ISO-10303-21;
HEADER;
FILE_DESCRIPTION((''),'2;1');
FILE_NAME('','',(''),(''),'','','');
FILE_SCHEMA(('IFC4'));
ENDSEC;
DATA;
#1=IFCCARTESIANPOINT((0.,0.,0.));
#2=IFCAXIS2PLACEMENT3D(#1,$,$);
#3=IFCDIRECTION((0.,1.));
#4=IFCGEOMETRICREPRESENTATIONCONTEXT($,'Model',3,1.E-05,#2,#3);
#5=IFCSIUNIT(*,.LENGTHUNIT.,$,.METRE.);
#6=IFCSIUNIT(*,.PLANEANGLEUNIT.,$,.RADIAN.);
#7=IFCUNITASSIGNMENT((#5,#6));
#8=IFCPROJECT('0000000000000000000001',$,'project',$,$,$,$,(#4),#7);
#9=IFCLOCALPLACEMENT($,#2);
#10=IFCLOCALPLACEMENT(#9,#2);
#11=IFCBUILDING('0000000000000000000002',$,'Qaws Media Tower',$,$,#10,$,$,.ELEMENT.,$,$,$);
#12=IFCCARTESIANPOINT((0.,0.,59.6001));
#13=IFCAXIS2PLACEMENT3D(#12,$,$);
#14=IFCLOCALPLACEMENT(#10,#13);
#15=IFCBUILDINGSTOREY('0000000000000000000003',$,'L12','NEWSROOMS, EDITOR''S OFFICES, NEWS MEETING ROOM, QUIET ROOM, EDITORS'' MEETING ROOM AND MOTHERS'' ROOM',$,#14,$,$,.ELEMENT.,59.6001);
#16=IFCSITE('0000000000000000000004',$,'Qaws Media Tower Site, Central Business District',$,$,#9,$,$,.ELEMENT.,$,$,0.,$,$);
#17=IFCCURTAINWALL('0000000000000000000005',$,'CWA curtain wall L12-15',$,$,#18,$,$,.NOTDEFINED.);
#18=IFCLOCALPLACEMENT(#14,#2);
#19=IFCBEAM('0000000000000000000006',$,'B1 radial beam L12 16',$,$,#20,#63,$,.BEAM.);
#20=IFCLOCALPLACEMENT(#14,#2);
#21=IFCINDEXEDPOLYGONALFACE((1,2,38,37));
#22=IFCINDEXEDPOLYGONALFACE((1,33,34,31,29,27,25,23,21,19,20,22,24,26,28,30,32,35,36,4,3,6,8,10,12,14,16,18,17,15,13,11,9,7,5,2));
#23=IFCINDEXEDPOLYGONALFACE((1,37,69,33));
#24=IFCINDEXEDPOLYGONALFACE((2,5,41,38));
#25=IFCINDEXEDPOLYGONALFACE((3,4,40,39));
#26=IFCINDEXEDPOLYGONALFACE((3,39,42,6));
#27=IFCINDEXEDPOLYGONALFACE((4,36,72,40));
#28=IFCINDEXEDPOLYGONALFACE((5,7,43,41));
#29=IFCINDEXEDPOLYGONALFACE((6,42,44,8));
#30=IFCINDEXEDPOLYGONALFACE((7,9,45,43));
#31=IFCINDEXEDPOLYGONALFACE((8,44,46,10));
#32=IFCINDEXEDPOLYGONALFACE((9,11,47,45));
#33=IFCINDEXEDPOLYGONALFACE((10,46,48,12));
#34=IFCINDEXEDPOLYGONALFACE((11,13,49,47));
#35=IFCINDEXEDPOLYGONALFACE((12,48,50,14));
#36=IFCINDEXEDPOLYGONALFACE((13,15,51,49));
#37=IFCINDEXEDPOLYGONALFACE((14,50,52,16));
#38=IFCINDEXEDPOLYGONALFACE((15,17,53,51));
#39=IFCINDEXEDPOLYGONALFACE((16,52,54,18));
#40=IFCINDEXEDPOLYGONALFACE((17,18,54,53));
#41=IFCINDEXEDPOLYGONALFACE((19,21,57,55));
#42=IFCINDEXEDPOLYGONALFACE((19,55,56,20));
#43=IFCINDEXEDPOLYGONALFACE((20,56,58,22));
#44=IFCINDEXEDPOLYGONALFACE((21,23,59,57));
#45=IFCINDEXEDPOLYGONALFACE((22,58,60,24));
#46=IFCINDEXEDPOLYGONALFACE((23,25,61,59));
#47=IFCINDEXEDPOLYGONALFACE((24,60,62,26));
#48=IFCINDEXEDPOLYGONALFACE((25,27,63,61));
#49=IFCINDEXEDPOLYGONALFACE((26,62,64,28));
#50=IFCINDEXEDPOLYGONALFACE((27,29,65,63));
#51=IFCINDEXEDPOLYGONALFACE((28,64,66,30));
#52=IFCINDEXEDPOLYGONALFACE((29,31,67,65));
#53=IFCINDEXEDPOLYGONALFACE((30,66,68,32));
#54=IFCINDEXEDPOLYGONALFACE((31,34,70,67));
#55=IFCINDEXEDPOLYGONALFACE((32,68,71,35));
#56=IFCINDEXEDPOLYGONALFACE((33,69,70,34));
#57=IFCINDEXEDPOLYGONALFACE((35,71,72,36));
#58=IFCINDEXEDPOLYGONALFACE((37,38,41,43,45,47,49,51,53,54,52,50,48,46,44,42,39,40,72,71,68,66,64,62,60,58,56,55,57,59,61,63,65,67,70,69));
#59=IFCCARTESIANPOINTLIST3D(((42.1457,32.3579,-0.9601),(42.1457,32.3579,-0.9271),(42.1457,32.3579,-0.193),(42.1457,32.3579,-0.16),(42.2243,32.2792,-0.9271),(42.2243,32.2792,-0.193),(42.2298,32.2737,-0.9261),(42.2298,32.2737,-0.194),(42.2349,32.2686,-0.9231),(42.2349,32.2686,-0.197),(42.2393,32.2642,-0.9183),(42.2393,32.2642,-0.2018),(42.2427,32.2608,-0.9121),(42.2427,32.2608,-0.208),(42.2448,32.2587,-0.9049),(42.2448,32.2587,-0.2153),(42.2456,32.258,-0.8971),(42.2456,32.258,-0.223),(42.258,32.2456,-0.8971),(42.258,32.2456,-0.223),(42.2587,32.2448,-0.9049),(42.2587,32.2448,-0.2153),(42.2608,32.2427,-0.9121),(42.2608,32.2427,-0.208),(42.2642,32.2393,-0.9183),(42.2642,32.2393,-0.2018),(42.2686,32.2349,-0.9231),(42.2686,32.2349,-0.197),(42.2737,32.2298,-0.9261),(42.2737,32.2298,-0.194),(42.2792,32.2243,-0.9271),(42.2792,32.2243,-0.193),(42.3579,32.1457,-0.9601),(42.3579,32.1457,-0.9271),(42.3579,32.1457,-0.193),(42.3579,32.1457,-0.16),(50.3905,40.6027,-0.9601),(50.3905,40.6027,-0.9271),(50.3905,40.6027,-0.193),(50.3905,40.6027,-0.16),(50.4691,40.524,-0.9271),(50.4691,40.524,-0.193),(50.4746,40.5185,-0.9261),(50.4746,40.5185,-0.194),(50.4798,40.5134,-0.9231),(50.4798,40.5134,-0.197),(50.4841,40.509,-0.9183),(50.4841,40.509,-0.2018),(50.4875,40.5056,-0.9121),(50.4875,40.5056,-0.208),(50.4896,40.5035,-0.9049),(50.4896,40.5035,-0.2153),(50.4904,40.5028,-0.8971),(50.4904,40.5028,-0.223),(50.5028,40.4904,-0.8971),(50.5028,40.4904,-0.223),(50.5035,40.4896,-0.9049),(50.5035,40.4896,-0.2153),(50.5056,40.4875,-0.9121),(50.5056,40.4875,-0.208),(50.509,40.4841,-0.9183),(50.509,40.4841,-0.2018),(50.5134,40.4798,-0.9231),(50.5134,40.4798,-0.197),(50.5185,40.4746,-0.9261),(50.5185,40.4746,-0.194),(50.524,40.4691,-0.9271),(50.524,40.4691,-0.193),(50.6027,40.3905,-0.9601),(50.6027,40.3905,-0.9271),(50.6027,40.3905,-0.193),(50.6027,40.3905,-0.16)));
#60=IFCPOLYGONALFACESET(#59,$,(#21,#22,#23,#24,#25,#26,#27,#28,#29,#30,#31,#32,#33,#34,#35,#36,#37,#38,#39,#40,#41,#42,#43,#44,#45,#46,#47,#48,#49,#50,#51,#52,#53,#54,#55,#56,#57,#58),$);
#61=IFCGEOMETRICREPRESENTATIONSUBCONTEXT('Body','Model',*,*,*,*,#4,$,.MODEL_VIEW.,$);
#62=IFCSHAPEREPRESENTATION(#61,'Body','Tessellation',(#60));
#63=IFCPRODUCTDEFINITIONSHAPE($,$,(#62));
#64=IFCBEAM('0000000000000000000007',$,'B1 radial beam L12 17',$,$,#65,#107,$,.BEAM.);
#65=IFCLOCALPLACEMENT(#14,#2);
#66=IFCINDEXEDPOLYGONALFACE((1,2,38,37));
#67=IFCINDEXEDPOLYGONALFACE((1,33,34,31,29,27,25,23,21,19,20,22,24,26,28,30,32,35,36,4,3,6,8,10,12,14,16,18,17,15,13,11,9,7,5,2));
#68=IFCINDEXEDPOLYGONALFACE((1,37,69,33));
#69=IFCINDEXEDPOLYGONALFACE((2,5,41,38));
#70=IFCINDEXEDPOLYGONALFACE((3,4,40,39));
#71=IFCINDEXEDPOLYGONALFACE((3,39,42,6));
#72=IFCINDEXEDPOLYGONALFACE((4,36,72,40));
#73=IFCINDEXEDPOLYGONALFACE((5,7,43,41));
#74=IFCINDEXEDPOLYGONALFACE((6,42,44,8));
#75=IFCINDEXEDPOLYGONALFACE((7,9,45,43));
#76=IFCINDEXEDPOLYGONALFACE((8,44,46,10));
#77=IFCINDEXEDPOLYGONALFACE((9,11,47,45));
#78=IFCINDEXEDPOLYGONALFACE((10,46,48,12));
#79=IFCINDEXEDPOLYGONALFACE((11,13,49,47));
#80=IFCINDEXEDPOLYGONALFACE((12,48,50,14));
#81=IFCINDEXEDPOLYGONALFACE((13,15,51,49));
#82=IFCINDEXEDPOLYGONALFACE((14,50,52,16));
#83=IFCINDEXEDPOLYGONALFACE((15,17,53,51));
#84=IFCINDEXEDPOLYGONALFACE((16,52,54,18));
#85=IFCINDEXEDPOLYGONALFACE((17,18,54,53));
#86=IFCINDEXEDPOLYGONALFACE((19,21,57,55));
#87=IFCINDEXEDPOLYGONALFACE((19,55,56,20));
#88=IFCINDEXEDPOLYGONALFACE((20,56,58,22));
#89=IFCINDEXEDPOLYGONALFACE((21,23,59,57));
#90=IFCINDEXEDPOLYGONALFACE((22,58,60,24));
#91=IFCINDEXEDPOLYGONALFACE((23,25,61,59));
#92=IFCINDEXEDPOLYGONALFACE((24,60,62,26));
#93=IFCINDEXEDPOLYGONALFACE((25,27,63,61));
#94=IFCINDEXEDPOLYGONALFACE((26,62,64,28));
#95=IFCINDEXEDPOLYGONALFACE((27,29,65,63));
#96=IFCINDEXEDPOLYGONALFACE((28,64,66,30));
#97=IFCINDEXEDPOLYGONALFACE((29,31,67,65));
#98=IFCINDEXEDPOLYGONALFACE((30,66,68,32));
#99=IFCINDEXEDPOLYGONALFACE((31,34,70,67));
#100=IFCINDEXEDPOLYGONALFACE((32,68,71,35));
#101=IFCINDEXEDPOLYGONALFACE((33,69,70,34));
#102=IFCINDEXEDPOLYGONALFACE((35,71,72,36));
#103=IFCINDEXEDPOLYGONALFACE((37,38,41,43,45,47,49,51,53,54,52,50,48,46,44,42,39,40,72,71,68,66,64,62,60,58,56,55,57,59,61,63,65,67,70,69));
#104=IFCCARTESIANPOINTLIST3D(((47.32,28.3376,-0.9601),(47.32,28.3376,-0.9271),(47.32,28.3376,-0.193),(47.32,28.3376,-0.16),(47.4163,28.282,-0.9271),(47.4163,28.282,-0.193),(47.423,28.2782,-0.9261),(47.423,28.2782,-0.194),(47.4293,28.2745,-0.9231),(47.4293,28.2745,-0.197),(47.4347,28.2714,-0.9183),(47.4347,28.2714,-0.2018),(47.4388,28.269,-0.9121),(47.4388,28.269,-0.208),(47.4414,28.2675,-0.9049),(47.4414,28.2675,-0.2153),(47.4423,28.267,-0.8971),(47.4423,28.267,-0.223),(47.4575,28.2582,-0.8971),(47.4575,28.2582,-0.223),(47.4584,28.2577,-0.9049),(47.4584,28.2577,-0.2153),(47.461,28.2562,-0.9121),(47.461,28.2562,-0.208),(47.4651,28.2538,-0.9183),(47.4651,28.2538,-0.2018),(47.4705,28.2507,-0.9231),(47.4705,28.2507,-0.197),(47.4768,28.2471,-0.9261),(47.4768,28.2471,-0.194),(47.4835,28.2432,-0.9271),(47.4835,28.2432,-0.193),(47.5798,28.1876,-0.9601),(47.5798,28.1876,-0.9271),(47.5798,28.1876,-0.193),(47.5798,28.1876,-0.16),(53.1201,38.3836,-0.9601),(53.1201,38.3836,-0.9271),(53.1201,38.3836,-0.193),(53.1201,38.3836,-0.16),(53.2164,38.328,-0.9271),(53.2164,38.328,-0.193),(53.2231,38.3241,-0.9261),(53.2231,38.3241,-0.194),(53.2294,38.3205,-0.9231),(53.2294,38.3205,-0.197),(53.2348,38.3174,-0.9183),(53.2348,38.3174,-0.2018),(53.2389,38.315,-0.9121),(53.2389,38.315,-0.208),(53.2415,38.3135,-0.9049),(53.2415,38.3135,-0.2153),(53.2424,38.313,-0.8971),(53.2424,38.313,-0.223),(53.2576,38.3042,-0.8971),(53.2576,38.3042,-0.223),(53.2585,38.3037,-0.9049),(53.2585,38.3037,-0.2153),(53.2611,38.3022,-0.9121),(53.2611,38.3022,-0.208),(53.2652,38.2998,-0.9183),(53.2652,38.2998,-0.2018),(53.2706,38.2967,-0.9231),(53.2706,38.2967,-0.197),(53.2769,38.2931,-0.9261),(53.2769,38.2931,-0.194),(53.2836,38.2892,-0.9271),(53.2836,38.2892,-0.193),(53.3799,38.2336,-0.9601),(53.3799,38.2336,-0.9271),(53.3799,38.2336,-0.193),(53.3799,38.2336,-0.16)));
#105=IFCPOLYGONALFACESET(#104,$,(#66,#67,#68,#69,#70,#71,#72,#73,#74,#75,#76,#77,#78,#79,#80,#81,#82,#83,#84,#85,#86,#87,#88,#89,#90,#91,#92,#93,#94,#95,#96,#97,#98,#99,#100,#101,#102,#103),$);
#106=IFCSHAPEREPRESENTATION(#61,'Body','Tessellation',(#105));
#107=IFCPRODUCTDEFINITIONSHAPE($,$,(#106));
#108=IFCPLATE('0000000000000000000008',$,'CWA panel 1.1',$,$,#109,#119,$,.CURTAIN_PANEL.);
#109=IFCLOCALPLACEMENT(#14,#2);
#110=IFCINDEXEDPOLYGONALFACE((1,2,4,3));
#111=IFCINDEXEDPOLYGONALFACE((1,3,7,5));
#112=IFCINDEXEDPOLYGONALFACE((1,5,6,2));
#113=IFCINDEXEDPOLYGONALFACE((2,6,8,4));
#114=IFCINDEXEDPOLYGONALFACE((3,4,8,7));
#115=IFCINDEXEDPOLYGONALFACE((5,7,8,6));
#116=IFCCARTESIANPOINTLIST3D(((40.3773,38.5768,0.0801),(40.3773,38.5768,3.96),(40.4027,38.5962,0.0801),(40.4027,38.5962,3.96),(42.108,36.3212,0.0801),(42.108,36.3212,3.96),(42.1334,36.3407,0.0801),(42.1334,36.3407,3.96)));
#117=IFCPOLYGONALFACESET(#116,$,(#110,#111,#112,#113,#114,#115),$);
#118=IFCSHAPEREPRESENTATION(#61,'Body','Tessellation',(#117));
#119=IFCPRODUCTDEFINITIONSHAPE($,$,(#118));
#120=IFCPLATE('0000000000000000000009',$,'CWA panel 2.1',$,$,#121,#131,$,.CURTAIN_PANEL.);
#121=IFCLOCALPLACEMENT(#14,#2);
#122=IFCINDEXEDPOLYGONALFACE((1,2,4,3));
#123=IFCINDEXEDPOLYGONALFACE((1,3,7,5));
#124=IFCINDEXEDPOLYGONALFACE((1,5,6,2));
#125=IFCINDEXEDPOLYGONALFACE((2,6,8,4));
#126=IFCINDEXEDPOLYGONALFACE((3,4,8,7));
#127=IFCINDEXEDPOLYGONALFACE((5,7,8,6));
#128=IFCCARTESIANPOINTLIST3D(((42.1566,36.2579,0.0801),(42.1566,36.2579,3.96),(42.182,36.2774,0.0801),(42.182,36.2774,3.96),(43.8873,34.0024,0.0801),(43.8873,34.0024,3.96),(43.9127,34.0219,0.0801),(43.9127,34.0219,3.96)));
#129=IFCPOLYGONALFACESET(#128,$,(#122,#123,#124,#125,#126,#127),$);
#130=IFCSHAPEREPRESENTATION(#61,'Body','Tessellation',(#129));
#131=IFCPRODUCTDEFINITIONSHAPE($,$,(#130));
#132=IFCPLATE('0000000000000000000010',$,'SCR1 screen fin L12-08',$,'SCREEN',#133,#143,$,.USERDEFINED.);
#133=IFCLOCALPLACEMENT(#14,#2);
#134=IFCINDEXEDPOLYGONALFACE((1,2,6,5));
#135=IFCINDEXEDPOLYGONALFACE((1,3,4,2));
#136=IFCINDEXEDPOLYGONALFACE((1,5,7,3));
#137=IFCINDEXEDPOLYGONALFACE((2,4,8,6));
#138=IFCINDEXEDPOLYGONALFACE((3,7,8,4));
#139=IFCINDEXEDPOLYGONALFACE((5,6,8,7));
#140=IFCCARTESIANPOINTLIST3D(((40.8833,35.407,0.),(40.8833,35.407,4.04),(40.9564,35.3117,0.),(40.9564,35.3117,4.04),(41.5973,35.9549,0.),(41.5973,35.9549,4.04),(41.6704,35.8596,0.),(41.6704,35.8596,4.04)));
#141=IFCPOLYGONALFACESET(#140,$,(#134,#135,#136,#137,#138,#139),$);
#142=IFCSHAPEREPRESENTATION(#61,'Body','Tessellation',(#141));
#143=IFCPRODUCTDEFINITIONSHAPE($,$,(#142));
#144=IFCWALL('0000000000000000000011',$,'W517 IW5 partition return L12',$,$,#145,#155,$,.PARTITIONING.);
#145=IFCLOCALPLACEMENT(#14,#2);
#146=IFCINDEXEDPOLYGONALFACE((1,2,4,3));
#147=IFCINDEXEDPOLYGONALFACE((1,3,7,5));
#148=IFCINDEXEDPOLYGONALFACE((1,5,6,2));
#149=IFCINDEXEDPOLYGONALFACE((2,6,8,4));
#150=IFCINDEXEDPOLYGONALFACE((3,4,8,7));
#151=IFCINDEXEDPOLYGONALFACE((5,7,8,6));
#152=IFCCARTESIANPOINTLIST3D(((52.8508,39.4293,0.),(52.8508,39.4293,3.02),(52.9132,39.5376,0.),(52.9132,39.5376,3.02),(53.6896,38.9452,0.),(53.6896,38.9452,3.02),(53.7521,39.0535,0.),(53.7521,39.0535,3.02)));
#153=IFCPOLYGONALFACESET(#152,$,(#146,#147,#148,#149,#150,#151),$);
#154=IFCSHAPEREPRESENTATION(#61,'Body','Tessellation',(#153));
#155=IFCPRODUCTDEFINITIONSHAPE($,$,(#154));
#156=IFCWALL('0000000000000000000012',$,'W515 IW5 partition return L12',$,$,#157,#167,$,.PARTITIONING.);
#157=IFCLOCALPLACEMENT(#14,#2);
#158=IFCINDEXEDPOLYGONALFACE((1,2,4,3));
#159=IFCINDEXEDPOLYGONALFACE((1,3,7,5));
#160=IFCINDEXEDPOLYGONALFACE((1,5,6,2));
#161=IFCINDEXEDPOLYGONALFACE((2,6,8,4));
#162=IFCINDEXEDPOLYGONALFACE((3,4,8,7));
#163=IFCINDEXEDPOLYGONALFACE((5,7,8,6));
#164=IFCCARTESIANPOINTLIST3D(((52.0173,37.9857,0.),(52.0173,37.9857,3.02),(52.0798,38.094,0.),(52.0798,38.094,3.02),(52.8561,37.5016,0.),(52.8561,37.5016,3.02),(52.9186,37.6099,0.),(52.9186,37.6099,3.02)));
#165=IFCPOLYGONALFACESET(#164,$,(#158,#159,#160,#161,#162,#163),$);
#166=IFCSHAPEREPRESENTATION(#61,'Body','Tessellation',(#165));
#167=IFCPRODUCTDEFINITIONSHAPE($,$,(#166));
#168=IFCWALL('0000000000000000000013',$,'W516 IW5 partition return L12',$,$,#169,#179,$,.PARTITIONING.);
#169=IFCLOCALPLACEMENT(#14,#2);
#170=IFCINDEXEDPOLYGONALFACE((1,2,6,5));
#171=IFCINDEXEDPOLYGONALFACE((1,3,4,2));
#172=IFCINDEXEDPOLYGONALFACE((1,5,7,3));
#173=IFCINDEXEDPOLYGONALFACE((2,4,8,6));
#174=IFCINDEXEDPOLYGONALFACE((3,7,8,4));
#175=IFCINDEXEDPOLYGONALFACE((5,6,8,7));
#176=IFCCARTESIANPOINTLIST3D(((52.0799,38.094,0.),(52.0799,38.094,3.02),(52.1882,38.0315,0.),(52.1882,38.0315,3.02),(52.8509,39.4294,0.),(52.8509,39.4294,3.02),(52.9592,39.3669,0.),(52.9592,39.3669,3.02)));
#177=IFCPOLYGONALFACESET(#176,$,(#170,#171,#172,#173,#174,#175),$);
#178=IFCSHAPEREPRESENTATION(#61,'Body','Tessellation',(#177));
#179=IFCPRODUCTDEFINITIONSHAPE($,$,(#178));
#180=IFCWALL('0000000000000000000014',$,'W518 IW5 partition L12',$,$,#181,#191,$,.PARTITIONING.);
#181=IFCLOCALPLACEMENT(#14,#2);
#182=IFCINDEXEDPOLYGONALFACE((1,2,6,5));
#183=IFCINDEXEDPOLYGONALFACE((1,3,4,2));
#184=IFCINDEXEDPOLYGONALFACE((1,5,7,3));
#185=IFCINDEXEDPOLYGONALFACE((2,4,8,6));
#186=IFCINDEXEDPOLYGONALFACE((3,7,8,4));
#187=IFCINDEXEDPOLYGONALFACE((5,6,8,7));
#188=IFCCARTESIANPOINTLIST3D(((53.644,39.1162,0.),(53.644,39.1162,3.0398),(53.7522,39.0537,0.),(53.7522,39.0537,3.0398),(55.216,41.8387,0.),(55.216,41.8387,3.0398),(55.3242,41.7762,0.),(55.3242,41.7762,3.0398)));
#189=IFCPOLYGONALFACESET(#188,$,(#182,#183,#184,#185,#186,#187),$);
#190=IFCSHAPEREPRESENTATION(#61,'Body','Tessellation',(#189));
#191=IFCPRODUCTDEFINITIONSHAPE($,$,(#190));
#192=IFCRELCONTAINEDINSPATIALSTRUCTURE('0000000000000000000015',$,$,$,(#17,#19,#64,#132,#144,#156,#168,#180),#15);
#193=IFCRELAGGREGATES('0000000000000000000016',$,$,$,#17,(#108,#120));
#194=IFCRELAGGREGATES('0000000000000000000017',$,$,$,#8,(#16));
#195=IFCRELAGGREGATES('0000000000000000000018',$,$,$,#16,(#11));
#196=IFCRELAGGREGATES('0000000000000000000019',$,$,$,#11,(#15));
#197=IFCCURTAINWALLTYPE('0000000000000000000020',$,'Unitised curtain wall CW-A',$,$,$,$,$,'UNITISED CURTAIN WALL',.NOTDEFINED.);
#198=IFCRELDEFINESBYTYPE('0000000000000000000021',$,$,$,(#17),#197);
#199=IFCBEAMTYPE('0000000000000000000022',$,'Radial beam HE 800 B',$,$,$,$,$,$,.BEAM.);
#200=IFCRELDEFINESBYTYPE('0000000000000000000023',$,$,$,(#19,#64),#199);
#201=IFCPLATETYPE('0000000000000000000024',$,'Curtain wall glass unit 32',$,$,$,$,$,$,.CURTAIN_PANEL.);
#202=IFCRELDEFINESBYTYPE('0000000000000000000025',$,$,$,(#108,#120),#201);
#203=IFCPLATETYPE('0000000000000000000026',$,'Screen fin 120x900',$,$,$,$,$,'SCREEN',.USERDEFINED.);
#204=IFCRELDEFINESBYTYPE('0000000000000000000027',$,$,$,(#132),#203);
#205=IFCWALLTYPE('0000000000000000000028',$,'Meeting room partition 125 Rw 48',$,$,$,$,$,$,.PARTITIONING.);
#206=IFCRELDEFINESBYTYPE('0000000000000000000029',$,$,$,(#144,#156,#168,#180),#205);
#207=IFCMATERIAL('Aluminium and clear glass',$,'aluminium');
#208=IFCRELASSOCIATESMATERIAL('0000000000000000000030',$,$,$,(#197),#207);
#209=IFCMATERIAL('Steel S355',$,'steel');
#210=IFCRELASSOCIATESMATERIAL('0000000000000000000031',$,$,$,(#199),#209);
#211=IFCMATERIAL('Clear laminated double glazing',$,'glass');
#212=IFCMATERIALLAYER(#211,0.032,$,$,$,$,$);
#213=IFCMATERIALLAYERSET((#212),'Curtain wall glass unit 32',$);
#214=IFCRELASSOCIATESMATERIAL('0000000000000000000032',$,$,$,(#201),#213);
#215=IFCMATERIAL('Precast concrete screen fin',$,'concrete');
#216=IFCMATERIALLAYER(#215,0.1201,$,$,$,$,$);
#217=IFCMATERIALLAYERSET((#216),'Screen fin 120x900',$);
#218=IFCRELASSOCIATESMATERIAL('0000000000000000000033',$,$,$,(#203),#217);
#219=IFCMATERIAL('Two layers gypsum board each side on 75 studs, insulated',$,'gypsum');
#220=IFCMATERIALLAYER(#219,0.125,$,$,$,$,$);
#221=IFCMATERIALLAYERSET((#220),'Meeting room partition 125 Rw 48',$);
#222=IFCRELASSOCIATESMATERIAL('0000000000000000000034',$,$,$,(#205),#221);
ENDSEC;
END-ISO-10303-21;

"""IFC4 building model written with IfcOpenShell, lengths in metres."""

from ifc_helpers import new_model, si_unit, direction, frame, frame_2d, origin, origin_2d, place, context, subcontext, project, spatial, rectangle, i_section, extrude, material, layer, layer_set, material_profile, profile_set, type_object, element, aggregate, save


model = new_model("IFC4")

# Units and contexts
model_context = context("Model", 3, precision=1e-05, world=origin(), true_north=direction((0.0, 1.0)))
body_context = subcontext(model_context, "Body", "Model", "MODEL_VIEW")
ifc_project = project(units=[si_unit("LENGTHUNIT", "METRE"), si_unit("PLANEANGLEUNIT", "RADIAN")], contexts=[model_context])

# Site, building, storey
site_placement = place(None, origin())
site = spatial("IfcSite", under=ifc_project, at=site_placement, Name="Qaws Media Tower Site, Central Business District", CompositionType="ELEMENT", RefElevation=0.0)
building_placement = place(site_placement, origin())
building = spatial("IfcBuilding", under=site, at=building_placement, Name="Qaws Media Tower", CompositionType="ELEMENT")
storey_placement = place(building_placement, frame((0.0, 0.0, 59.6001)))
storey = spatial("IfcBuildingStorey", under=building, at=storey_placement, Name="L12", Description="NEWSROOMS, EDITOR'S OFFICES, NEWS MEETING ROOM, QUIET ROOM, EDITORS' MEETING ROOM AND MOTHERS' ROOM", CompositionType="ELEMENT", Elevation=59.6001)

# Shared definitions
ifc_material_1 = material(Name="Aluminium and clear glass", Category="aluminium")
curtain_wall_type = type_object("IfcCurtainWallType", Name="Unitised curtain wall CW-A", ElementType="UNITISED CURTAIN WALL", PredefinedType="NOTDEFINED", material=ifc_material_1)

# Curtain wall
curtain_wall_1_placement = place(storey_placement, origin())
curtain_wall_1 = element("IfcCurtainWall", 1, at=curtain_wall_1_placement, inside=storey, type_object=curtain_wall_type, Name="CWA curtain wall L12-15", PredefinedType="NOTDEFINED")

# Beams
ifc_material_2 = material(Name="Steel S355", Category="steel")
ifc_material_profile_1 = material_profile(ifc_material_2, i_section(OverallWidth=0.3, OverallDepth=0.8, WebThickness=0.0176, FlangeThickness=0.033, FilletRadius=0.03, at=origin_2d()), Name="HE 800 B")
ifc_profile_set_1 = profile_set([ifc_material_profile_1], Name="Steel S355")
beam_type_1 = type_object("IfcBeamType", Name="Radial beam HE 800 B", PredefinedType="BEAM", material=ifc_profile_set_1)
beam_1_placement = place(storey_placement, frame((50.4966, 40.4966, -0.5601), z_axis=(-0.707107, -0.707107, 0.0), x_axis=(0.707107, -0.707107, 0.0)))
element("IfcBeam", 2, at=beam_1_placement, inside=storey, type_object=beam_type_1, Name="B1 radial beam L12 16", PredefinedType="BEAM", context=body_context, shape_type="SweptSolid", body=[
    extrude(i_section(OverallWidth=0.3, OverallDepth=0.8, WebThickness=0.0176, FlangeThickness=0.033, FilletRadius=0.03, at=origin_2d()), origin(), (0.0, 0.0, 1.0), 11.6599),
])
beam_2_placement = place(storey_placement, frame((53.25, 38.3086, -0.5601), z_axis=(-0.500003, -0.866024, 0.0), x_axis=(0.866024, -0.500003, 0.0)))
element("IfcBeam", 3, at=beam_2_placement, inside=storey, type_object=beam_type_1, Name="B1 radial beam L12 17", PredefinedType="BEAM", context=body_context, shape_type="SweptSolid", body=[
    extrude(i_section(OverallWidth=0.3, OverallDepth=0.8, WebThickness=0.0176, FlangeThickness=0.033, FilletRadius=0.03, at=origin_2d()), origin(), (0.0, 0.0, 1.0), 11.6001),
])

# Plates
ifc_material_3 = material(Name="Clear laminated double glazing", Category="glass")
ifc_layer_1 = layer(ifc_material_3, 0.032)
ifc_layer_set_1 = layer_set([ifc_layer_1], Name="Curtain wall glass unit 32")
plate_type_1 = type_object("IfcPlateType", Name="Curtain wall glass unit 32", PredefinedType="CURTAIN_PANEL", material=ifc_layer_set_1)
plate_1_placement = place(storey_placement, frame((41.2554, 37.4587, 0.0801), z_axis=(0.0, 0.0, 1.0), x_axis=(0.608761, -0.793353, 0.0)))
plate_1 = element("IfcPlate", 4, at=plate_1_placement, type_object=plate_type_1, Name="CWA panel 1.1", PredefinedType="CURTAIN_PANEL", context=body_context, shape_type="SweptSolid", body=[
    extrude(rectangle(XDim=2.843, YDim=0.032, at=origin_2d()), origin(), (0.0, 0.0, 1.0), 3.8799),
])
plate_2_placement = place(storey_placement, frame((43.0347, 35.1399, 0.0801), z_axis=(0.0, 0.0, 1.0), x_axis=(0.608761, -0.793353, 0.0)))
plate_2 = element("IfcPlate", 5, at=plate_2_placement, type_object=plate_type_1, Name="CWA panel 2.1", PredefinedType="CURTAIN_PANEL", context=body_context, shape_type="SweptSolid", body=[
    extrude(rectangle(XDim=2.843, YDim=0.032, at=origin_2d()), origin(), (0.0, 0.0, 1.0), 3.8799),
])
aggregate(curtain_wall_1, [plate_1, plate_2])
ifc_material_4 = material(Name="Precast concrete screen fin", Category="concrete")
ifc_layer_2 = layer(ifc_material_4, 0.1201)
ifc_layer_set_2 = layer_set([ifc_layer_2], Name="Screen fin 120x900")
plate_type_2 = type_object("IfcPlateType", Name="Screen fin 120x900", ElementType="SCREEN", PredefinedType="USERDEFINED", material=ifc_layer_set_2)
plate_3_placement = place(storey_placement, frame((41.2769, 35.6333, 0.0), z_axis=(0.0, 0.0, 1.0), x_axis=(-0.793353, -0.608761, 0.0)))
element("IfcPlate", 6, at=plate_3_placement, inside=storey, type_object=plate_type_2, Name="SCR1 screen fin L12-08", ObjectType="SCREEN", PredefinedType="USERDEFINED", context=body_context, shape_type="SweptSolid", body=[
    extrude(rectangle(XDim=0.8999, YDim=0.1201, at=origin_2d()), origin(), (0.0, 0.0, 1.0), 4.04),
])

# Walls
ifc_material_5 = material(Name="Two layers gypsum board each side on 75 studs, insulated", Category="gypsum")
ifc_layer_3 = layer(ifc_material_5, 0.125)
ifc_layer_set_3 = layer_set([ifc_layer_3], Name="Meeting room partition 125 Rw 48")
wall_type_1 = type_object("IfcWallType", Name="Meeting room partition 125 Rw 48", PredefinedType="PARTITIONING", material=ifc_layer_set_3)
for number, where, z_axis, x_axis, name in (
    (7, (53.7209, 38.9993, 0.0), (0.0, 0.0, 1.0), (-0.86611, 0.499853, 0.0), "W517 IW5 partition return L12"),
    (8, (52.8875, 37.5557, 0.0), (0.0, 0.0, 1.0), (-0.86611, 0.499853, 0.0), "W515 IW5 partition return L12"),
):
    element("IfcWall", number, at=place(storey_placement, frame(where, z_axis=z_axis, x_axis=x_axis)), inside=storey, type_object=wall_type_1, Name=name, PredefinedType="PARTITIONING", context=body_context, shape_type="SweptSolid", body=[
        extrude(rectangle(XDim=0.9685, YDim=0.125, at=frame_2d((0.4844, 0.0))), origin(), (0.0, 0.0, 1.0), 3.02),
    ])
wall_1_placement = place(storey_placement, frame((52.905, 39.3982, 0.0), z_axis=(0.0, 0.0, 1.0), x_axis=(-0.499987, -0.866033, 0.0)))
element("IfcWall", 9, at=wall_1_placement, inside=storey, type_object=wall_type_1, Name="W516 IW5 partition return L12", PredefinedType="PARTITIONING", context=body_context, shape_type="SweptSolid", body=[
    extrude(rectangle(XDim=1.542, YDim=0.125, at=frame_2d((0.771, 0.0))), origin(), (0.0, 0.0, 1.0), 3.02),
])
wall_2_placement = place(storey_placement, frame((55.27, 41.8074, 0.0), z_axis=(0.0, 0.0, 1.0), x_axis=(-0.500023, -0.866012, 0.0)))
element("IfcWall", 10, at=wall_2_placement, inside=storey, type_object=wall_type_1, Name="W518 IW5 partition L12", PredefinedType="PARTITIONING", context=body_context, shape_type="SweptSolid", body=[
    extrude(rectangle(XDim=3.1438, YDim=0.125, at=frame_2d((1.5718, 0.0))), origin(), (0.0, 0.0, 1.0), 3.0398),
])

save(model, "model.ifc")
